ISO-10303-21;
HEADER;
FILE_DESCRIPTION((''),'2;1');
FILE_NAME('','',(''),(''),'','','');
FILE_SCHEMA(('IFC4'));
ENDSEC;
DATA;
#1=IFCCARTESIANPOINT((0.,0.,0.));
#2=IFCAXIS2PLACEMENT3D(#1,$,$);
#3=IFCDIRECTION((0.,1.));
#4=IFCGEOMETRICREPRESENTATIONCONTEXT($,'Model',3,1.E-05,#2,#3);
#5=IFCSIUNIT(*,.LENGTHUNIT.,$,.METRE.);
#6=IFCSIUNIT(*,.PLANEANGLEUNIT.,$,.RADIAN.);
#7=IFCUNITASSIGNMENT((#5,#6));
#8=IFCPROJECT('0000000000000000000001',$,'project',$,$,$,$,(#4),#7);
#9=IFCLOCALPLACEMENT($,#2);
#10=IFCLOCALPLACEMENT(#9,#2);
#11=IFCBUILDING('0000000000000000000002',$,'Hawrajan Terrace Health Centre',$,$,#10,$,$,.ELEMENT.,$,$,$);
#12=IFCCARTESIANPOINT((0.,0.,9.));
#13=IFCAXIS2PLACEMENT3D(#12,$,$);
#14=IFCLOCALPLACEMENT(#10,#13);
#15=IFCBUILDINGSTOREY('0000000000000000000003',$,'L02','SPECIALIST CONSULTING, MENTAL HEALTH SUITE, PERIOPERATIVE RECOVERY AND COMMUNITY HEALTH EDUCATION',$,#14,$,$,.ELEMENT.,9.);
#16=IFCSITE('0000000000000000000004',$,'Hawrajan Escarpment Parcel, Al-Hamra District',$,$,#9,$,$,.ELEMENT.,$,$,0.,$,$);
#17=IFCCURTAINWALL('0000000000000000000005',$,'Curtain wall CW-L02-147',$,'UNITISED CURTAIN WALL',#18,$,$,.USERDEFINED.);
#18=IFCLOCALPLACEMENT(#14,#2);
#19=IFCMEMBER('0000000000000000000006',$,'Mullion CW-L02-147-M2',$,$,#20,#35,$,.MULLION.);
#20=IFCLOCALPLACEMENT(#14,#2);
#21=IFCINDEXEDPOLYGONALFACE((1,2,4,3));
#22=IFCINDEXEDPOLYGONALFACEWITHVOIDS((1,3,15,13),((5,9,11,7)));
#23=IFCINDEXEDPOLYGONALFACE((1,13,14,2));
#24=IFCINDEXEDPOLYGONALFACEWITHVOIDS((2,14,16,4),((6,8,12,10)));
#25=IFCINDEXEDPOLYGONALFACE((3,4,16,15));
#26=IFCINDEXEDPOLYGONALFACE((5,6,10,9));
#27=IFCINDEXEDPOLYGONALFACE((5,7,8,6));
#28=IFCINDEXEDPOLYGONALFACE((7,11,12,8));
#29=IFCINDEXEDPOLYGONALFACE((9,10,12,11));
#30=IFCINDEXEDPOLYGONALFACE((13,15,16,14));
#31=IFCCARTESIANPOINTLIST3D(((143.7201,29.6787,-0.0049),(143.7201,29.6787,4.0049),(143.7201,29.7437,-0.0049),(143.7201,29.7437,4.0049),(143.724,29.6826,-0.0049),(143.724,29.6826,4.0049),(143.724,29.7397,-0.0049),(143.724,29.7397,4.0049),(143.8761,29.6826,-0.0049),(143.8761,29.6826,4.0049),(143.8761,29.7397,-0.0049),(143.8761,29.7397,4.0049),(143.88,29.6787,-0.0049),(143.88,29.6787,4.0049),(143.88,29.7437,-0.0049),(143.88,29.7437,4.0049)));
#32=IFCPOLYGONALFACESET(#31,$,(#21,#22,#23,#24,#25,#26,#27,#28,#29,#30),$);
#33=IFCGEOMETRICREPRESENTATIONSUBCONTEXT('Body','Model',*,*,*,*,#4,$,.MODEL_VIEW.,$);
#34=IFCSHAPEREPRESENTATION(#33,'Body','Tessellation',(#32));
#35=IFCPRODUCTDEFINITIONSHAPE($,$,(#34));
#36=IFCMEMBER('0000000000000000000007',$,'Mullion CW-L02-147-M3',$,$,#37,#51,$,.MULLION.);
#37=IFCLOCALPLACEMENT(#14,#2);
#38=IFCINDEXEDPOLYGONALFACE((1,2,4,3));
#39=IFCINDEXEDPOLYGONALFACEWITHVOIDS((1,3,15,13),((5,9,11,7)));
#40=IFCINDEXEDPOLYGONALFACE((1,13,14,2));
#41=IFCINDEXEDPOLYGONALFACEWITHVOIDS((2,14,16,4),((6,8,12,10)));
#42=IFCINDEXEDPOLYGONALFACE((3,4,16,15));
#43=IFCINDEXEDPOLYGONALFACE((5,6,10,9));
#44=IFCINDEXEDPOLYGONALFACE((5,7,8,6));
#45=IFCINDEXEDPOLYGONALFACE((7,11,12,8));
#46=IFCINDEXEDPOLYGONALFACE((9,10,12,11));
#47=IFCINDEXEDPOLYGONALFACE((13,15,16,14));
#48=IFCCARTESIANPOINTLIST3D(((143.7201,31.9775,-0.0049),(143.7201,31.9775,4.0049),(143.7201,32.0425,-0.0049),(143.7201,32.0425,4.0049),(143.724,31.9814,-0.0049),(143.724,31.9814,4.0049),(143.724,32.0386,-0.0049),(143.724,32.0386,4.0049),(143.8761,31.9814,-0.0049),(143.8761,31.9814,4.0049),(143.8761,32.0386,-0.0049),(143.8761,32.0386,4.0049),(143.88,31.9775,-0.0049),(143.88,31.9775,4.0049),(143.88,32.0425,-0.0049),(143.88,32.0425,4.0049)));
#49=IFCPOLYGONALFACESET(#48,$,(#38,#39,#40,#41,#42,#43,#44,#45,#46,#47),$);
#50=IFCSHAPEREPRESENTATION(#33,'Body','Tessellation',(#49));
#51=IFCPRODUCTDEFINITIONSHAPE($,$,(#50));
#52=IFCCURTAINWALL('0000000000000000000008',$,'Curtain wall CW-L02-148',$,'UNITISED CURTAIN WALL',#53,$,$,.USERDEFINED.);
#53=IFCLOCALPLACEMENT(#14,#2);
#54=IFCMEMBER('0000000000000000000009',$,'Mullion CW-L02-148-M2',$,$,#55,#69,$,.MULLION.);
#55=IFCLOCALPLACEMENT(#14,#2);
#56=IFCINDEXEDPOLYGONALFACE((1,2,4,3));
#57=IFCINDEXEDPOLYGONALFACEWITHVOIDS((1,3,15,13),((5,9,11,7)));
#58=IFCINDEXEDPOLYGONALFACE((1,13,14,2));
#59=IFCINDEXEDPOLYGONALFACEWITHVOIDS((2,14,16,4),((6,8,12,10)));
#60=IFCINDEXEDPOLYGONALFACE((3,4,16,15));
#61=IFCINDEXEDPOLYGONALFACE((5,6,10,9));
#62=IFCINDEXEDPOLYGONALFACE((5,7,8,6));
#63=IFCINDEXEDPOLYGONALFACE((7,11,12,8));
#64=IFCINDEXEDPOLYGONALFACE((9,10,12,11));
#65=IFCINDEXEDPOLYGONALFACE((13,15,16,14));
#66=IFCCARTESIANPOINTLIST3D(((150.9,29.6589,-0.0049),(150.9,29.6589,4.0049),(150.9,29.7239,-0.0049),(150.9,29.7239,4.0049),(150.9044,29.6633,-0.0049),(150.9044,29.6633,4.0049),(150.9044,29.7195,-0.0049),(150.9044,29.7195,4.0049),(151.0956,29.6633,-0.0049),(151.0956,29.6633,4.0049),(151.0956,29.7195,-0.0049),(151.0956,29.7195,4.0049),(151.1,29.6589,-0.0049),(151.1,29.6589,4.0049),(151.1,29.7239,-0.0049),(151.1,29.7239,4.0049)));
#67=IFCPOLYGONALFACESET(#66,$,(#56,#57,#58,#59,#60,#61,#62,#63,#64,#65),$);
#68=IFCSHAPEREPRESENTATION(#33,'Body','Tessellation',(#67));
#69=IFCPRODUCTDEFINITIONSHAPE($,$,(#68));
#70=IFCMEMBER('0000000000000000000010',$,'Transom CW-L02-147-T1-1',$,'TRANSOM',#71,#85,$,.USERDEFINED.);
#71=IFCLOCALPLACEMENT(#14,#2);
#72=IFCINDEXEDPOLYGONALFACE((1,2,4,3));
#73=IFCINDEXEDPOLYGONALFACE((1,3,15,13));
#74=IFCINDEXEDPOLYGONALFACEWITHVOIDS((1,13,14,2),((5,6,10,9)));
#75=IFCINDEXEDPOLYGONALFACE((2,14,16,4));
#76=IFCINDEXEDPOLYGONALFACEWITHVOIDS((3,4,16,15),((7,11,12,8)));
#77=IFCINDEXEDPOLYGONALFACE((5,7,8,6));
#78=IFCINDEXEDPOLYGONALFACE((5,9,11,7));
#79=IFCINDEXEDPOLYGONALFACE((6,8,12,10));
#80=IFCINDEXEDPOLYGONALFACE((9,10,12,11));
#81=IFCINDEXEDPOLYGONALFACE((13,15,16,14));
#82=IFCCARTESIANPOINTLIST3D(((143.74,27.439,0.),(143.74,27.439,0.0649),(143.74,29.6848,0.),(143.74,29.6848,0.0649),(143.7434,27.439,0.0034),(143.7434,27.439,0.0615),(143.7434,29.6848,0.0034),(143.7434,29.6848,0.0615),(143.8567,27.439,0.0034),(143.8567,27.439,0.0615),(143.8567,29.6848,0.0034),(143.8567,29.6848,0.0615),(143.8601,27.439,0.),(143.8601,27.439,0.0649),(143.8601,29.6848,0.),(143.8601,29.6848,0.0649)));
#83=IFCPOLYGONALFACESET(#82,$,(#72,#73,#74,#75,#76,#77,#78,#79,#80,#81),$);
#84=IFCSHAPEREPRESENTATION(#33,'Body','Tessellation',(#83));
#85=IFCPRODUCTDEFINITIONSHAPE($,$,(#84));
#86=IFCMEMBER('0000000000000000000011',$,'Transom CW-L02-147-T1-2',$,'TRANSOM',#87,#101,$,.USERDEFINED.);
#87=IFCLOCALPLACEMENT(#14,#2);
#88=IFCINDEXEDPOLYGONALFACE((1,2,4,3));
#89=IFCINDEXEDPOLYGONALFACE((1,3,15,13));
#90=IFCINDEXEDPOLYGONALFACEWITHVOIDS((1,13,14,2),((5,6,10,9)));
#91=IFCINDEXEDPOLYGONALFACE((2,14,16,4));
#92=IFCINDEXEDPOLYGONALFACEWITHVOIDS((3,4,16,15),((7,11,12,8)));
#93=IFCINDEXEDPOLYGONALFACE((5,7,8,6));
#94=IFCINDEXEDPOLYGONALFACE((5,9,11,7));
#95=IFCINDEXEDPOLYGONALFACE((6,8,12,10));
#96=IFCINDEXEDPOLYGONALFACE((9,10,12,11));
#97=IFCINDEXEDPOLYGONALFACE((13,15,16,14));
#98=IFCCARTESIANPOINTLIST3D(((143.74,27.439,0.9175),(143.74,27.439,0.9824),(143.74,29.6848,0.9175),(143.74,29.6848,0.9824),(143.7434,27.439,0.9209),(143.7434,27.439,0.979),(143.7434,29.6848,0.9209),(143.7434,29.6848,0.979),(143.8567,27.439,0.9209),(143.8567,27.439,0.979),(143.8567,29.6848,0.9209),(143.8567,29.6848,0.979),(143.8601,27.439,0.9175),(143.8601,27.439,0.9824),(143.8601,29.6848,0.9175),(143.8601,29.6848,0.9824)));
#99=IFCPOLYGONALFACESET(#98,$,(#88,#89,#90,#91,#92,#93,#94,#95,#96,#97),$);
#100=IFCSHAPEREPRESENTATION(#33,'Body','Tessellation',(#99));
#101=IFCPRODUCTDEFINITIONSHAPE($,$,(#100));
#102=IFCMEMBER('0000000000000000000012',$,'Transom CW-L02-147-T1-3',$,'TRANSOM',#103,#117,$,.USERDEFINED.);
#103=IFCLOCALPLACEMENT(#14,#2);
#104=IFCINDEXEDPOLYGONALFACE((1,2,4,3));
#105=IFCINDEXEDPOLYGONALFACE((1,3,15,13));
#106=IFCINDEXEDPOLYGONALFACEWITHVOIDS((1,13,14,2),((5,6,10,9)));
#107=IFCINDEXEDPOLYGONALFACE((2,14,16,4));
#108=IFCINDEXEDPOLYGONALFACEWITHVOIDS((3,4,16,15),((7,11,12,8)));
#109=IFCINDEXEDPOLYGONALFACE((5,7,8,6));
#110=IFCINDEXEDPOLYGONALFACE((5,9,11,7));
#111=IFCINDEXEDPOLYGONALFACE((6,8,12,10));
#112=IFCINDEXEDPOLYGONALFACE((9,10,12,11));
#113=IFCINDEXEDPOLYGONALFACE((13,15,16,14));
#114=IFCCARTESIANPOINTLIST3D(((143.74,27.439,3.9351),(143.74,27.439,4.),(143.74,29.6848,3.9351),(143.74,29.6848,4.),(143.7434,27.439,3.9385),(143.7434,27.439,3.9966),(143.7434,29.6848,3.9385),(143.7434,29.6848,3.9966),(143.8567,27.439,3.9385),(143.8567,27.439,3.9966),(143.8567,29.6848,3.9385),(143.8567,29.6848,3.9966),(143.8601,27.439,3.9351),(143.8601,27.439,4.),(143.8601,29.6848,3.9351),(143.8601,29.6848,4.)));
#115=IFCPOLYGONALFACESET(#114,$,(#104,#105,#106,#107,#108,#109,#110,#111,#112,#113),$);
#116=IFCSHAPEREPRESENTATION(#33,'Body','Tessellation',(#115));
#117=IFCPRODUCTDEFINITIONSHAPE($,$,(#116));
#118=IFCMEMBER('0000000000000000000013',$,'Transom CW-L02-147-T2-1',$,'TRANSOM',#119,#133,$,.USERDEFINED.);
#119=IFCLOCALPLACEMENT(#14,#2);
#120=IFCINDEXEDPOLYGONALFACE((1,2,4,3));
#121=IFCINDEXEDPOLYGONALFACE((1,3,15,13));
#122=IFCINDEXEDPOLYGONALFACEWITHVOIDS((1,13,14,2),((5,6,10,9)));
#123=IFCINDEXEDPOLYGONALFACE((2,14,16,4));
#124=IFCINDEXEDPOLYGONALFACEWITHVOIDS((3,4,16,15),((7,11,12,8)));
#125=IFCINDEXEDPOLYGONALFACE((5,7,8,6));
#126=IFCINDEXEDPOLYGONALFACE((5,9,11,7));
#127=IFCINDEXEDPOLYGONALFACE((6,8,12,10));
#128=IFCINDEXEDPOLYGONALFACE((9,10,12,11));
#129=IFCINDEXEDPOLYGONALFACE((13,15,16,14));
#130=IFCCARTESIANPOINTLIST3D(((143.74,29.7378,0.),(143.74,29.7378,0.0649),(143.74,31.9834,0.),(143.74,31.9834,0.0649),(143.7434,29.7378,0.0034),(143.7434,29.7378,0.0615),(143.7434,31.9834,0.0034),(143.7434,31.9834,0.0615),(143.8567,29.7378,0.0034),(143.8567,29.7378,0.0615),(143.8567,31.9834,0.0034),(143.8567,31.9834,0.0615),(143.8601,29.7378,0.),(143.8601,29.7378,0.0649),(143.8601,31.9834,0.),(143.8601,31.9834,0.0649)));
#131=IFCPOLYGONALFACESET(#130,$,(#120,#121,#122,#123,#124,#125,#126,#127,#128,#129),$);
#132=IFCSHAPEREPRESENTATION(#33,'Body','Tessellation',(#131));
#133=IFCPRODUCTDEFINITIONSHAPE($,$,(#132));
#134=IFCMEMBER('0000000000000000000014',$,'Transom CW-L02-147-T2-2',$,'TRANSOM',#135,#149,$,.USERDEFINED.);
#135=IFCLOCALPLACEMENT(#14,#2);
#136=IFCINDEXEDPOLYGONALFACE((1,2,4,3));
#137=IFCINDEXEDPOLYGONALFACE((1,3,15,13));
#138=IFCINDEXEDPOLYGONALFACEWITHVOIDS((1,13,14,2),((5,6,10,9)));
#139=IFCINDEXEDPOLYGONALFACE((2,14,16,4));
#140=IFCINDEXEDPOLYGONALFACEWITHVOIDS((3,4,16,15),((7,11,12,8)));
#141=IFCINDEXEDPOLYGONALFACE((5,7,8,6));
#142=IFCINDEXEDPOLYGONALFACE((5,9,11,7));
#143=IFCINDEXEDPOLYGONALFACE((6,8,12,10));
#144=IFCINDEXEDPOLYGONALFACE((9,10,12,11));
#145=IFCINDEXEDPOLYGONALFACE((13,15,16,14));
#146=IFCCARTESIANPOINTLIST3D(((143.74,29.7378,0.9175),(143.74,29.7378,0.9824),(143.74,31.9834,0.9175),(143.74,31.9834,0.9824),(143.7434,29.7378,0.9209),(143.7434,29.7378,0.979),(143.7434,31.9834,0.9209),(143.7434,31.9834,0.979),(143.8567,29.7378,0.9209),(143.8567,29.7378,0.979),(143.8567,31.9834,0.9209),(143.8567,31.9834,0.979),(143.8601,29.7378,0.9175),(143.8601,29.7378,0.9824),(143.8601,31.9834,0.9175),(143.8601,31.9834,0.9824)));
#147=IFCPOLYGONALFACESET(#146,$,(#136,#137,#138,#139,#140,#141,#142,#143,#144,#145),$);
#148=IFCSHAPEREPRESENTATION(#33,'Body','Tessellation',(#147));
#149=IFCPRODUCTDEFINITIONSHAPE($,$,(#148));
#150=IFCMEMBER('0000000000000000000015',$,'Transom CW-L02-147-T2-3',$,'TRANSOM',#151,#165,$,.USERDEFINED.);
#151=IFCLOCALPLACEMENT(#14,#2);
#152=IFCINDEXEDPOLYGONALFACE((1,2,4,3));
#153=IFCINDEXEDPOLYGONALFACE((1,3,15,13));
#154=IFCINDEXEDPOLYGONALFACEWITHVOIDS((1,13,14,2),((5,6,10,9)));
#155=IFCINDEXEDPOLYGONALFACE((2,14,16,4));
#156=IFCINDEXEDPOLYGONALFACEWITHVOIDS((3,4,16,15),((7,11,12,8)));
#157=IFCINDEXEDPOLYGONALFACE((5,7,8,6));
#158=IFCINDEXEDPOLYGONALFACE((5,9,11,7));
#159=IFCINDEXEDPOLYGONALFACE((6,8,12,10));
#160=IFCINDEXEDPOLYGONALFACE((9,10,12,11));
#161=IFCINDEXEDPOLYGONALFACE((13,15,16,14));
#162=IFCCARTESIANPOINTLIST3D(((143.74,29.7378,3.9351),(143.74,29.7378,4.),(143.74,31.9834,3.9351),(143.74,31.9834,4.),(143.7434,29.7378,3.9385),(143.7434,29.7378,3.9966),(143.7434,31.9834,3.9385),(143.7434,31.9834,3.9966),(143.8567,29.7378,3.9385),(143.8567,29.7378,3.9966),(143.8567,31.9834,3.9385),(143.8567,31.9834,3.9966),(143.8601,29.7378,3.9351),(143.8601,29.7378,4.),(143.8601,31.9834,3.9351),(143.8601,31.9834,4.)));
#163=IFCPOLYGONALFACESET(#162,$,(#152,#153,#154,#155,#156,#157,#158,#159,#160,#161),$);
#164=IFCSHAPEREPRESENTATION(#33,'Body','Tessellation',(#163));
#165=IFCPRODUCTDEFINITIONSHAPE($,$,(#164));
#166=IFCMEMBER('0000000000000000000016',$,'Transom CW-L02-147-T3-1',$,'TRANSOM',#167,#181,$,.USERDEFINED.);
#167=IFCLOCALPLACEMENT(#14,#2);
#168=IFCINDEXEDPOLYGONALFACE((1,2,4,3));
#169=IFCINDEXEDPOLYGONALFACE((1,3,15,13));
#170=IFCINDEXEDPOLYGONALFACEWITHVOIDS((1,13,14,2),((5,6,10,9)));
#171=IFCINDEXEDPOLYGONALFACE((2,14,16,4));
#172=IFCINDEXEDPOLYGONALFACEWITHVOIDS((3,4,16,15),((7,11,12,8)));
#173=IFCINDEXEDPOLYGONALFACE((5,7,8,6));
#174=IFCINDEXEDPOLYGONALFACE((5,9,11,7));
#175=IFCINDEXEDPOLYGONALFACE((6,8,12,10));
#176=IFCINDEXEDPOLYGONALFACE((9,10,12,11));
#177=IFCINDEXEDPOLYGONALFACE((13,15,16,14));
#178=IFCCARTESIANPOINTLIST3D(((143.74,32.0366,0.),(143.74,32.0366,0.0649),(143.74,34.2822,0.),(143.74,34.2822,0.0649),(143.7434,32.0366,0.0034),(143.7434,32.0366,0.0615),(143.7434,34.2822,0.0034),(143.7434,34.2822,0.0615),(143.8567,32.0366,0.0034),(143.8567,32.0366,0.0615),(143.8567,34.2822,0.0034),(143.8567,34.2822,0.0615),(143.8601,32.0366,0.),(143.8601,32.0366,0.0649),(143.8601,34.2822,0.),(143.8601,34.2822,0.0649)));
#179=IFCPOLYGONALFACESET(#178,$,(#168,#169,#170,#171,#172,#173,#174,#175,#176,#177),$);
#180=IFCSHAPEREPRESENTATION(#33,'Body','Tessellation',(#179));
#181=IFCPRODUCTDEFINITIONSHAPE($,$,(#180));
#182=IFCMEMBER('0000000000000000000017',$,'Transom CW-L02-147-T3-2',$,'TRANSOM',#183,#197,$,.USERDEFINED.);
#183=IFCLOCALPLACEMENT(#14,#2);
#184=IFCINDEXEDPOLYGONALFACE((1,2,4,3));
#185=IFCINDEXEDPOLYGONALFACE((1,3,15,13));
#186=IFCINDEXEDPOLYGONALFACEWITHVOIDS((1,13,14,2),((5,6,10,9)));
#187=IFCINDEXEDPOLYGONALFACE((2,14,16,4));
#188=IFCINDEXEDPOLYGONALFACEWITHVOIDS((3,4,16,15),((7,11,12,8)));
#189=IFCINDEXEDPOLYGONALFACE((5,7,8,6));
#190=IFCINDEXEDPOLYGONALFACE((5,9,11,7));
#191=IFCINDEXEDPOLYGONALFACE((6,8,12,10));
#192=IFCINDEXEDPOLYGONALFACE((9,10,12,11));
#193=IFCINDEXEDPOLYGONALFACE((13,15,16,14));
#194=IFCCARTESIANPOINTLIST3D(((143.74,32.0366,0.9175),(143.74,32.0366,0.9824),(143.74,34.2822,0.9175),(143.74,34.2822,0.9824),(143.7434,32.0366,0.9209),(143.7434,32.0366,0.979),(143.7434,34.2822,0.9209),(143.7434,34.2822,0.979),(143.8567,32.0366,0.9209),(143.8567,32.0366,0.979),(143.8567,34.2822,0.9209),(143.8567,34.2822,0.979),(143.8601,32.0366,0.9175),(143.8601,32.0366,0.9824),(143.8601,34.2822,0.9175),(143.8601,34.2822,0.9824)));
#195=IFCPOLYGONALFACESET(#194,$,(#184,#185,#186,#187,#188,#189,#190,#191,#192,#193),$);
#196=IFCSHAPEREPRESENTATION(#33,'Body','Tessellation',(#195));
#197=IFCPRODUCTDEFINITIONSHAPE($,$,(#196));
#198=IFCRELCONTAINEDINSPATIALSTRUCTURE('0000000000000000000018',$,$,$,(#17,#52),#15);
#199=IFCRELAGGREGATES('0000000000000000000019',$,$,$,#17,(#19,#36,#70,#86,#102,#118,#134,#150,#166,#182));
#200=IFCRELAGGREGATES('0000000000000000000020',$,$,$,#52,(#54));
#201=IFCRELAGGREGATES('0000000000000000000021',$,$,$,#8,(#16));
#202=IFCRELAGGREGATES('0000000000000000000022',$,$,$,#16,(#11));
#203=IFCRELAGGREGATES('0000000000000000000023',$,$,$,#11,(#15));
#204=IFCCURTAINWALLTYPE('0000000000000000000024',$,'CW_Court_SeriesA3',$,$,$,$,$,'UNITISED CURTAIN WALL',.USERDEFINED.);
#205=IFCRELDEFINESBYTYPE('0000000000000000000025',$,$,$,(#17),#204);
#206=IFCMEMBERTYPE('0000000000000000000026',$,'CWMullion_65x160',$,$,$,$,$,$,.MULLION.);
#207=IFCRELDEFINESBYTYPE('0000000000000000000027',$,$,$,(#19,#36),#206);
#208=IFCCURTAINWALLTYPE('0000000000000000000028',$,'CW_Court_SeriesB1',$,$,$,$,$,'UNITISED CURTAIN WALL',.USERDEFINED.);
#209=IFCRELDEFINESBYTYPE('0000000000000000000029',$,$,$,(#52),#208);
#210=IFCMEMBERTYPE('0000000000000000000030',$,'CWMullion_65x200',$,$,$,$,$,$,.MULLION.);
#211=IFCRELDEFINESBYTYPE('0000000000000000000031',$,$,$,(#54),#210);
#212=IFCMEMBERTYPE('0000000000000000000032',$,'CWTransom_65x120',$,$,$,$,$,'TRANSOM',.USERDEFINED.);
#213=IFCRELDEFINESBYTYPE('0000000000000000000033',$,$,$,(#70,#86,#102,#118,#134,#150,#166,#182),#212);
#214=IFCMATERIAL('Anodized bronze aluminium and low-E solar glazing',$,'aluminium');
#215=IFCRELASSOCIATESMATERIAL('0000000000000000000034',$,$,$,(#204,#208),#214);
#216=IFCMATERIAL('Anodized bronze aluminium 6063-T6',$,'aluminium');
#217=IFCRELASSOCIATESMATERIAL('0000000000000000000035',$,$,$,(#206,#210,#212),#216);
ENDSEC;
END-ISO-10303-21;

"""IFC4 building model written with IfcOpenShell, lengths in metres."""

from ifc_helpers import new_model, si_unit, direction, frame, origin, origin_2d, place, context, subcontext, project, spatial, hollow_rectangle, extrude, material, material_profile, profile_set, type_object, element, aggregate, save


model = new_model("IFC4")

# Units and contexts
model_context = context("Model", 3, precision=1e-05, world=origin(), true_north=direction((0.0, 1.0)))
body_context = subcontext(model_context, "Body", "Model", "MODEL_VIEW")
ifc_project = project(units=[si_unit("LENGTHUNIT", "METRE"), si_unit("PLANEANGLEUNIT", "RADIAN")], contexts=[model_context])

# Site, building, storey
site_placement = place(None, origin())
site = spatial("IfcSite", under=ifc_project, at=site_placement, Name="Hawrajan Escarpment Parcel, Al-Hamra District", CompositionType="ELEMENT", RefElevation=0.0)
building_placement = place(site_placement, origin())
building = spatial("IfcBuilding", under=site, at=building_placement, Name="Hawrajan Terrace Health Centre", CompositionType="ELEMENT")
storey_placement = place(building_placement, frame((0.0, 0.0, 9.0)))
storey = spatial("IfcBuildingStorey", under=building, at=storey_placement, Name="L02", Description="SPECIALIST CONSULTING, MENTAL HEALTH SUITE, PERIOPERATIVE RECOVERY AND COMMUNITY HEALTH EDUCATION", CompositionType="ELEMENT", Elevation=9.0)

# Curtain wall, members
ifc_material_1 = material(Name="Anodized bronze aluminium and low-E solar glazing", Category="aluminium")
curtain_wall_type_1 = type_object("IfcCurtainWallType", Name="CW_Court_SeriesA3", ElementType="UNITISED CURTAIN WALL", PredefinedType="USERDEFINED", material=ifc_material_1)
curtain_wall_1_placement = place(storey_placement, origin())
curtain_wall_1 = element("IfcCurtainWall", 1, at=curtain_wall_1_placement, inside=storey, type_object=curtain_wall_type_1, Name="Curtain wall CW-L02-147", ObjectType="UNITISED CURTAIN WALL", PredefinedType="USERDEFINED")
ifc_material_2 = material(Name="Anodized bronze aluminium 6063-T6", Category="aluminium")
ifc_material_profile_1 = material_profile(ifc_material_2, hollow_rectangle(XDim=0.0649, YDim=0.1599, WallThickness=0.0039, at=origin_2d()), Name="CW MUL 65x160")
ifc_profile_set_1 = profile_set([ifc_material_profile_1], Name="Anodized bronze aluminium 6063-T6")
member_type_1 = type_object("IfcMemberType", Name="CWMullion_65x160", PredefinedType="MULLION", material=ifc_profile_set_1)
member_1_placement = place(storey_placement, frame((143.8, 29.7112, -0.0049), z_axis=(0.0, 0.0, 1.0), x_axis=(0.0, 1.0, 0.0)))
member_1 = element("IfcMember", 2, at=member_1_placement, type_object=member_type_1, Name="Mullion CW-L02-147-M2", PredefinedType="MULLION", context=body_context, shape_type="SweptSolid", body=[
    extrude(hollow_rectangle(XDim=0.0649, YDim=0.1599, WallThickness=0.0039, at=origin_2d()), origin(), (0.0, 0.0, 1.0), 4.0098),
])
member_2_placement = place(storey_placement, frame((143.8, 32.01, -0.0049), z_axis=(0.0, 0.0, 1.0), x_axis=(0.0, 1.0, 0.0)))
member_2 = element("IfcMember", 3, at=member_2_placement, type_object=member_type_1, Name="Mullion CW-L02-147-M3", PredefinedType="MULLION", context=body_context, shape_type="SweptSolid", body=[
    extrude(hollow_rectangle(XDim=0.0649, YDim=0.1599, WallThickness=0.0039, at=origin_2d()), origin(), (0.0, 0.0, 1.0), 4.0098),
])

# Curtain wall, member
curtain_wall_type_2 = type_object("IfcCurtainWallType", Name="CW_Court_SeriesB1", ElementType="UNITISED CURTAIN WALL", PredefinedType="USERDEFINED", material=ifc_material_1)
curtain_wall_2_placement = place(storey_placement, origin())
curtain_wall_2 = element("IfcCurtainWall", 4, at=curtain_wall_2_placement, inside=storey, type_object=curtain_wall_type_2, Name="Curtain wall CW-L02-148", ObjectType="UNITISED CURTAIN WALL", PredefinedType="USERDEFINED")
ifc_material_profile_2 = material_profile(ifc_material_2, hollow_rectangle(XDim=0.0649, YDim=0.2, WallThickness=0.0044, at=origin_2d()), Name="CW MUL 65x200")
ifc_profile_set_2 = profile_set([ifc_material_profile_2], Name="Anodized bronze aluminium 6063-T6")
member_type_2 = type_object("IfcMemberType", Name="CWMullion_65x200", PredefinedType="MULLION", material=ifc_profile_set_2)
member_3_placement = place(storey_placement, frame((151.0, 29.6914, -0.0049), z_axis=(0.0, 0.0, 1.0), x_axis=(0.0, 1.0, 0.0)))
member_3 = element("IfcMember", 5, at=member_3_placement, type_object=member_type_2, Name="Mullion CW-L02-148-M2", PredefinedType="MULLION", context=body_context, shape_type="SweptSolid", body=[
    extrude(hollow_rectangle(XDim=0.0649, YDim=0.2, WallThickness=0.0044, at=origin_2d()), origin(), (0.0, 0.0, 1.0), 4.0098),
])

# Members
ifc_material_profile_3 = material_profile(ifc_material_2, hollow_rectangle(XDim=0.0649, YDim=0.1201, WallThickness=0.0034, at=origin_2d()), Name="CW TRN 65x120")
ifc_profile_set_3 = profile_set([ifc_material_profile_3], Name="Anodized bronze aluminium 6063-T6")
member_type_3 = type_object("IfcMemberType", Name="CWTransom_65x120", ElementType="TRANSOM", PredefinedType="USERDEFINED", material=ifc_profile_set_3)
member_4_placement = place(storey_placement, frame((143.8, 27.439, 0.0325), z_axis=(0.0, 1.0, 0.0), x_axis=(0.0, 0.0, 1.0)))
member_4 = element("IfcMember", 6, at=member_4_placement, type_object=member_type_3, Name="Transom CW-L02-147-T1-1", ObjectType="TRANSOM", PredefinedType="USERDEFINED", context=body_context, shape_type="SweptSolid", body=[
    extrude(hollow_rectangle(XDim=0.0649, YDim=0.1201, WallThickness=0.0034, at=origin_2d()), origin(), (0.0, 0.0, 1.0), 2.2458),
])
member_5_placement = place(storey_placement, frame((143.8, 27.439, 0.95), z_axis=(0.0, 1.0, 0.0), x_axis=(0.0, 0.0, 1.0)))
member_5 = element("IfcMember", 7, at=member_5_placement, type_object=member_type_3, Name="Transom CW-L02-147-T1-2", ObjectType="TRANSOM", PredefinedType="USERDEFINED", context=body_context, shape_type="SweptSolid", body=[
    extrude(hollow_rectangle(XDim=0.0649, YDim=0.1201, WallThickness=0.0034, at=origin_2d()), origin(), (0.0, 0.0, 1.0), 2.2458),
])
member_6_placement = place(storey_placement, frame((143.8, 27.439, 3.9675), z_axis=(0.0, 1.0, 0.0), x_axis=(0.0, 0.0, 1.0)))
member_6 = element("IfcMember", 8, at=member_6_placement, type_object=member_type_3, Name="Transom CW-L02-147-T1-3", ObjectType="TRANSOM", PredefinedType="USERDEFINED", context=body_context, shape_type="SweptSolid", body=[
    extrude(hollow_rectangle(XDim=0.0649, YDim=0.1201, WallThickness=0.0034, at=origin_2d()), origin(), (0.0, 0.0, 1.0), 2.2458),
])
member_7_placement = place(storey_placement, frame((143.8, 29.7378, 0.0325), z_axis=(0.0, 1.0, 0.0), x_axis=(0.0, 0.0, 1.0)))
member_7 = element("IfcMember", 9, at=member_7_placement, type_object=member_type_3, Name="Transom CW-L02-147-T2-1", ObjectType="TRANSOM", PredefinedType="USERDEFINED", context=body_context, shape_type="SweptSolid", body=[
    extrude(hollow_rectangle(XDim=0.0649, YDim=0.1201, WallThickness=0.0034, at=origin_2d()), origin(), (0.0, 0.0, 1.0), 2.2456),
])
member_8_placement = place(storey_placement, frame((143.8, 29.7378, 0.95), z_axis=(0.0, 1.0, 0.0), x_axis=(0.0, 0.0, 1.0)))
member_8 = element("IfcMember", 10, at=member_8_placement, type_object=member_type_3, Name="Transom CW-L02-147-T2-2", ObjectType="TRANSOM", PredefinedType="USERDEFINED", context=body_context, shape_type="SweptSolid", body=[
    extrude(hollow_rectangle(XDim=0.0649, YDim=0.1201, WallThickness=0.0034, at=origin_2d()), origin(), (0.0, 0.0, 1.0), 2.2456),
])
member_9_placement = place(storey_placement, frame((143.8, 29.7378, 3.9675), z_axis=(0.0, 1.0, 0.0), x_axis=(0.0, 0.0, 1.0)))
member_9 = element("IfcMember", 11, at=member_9_placement, type_object=member_type_3, Name="Transom CW-L02-147-T2-3", ObjectType="TRANSOM", PredefinedType="USERDEFINED", context=body_context, shape_type="SweptSolid", body=[
    extrude(hollow_rectangle(XDim=0.0649, YDim=0.1201, WallThickness=0.0034, at=origin_2d()), origin(), (0.0, 0.0, 1.0), 2.2456),
])
member_10_placement = place(storey_placement, frame((143.8, 32.0366, 0.0325), z_axis=(0.0, 1.0, 0.0), x_axis=(0.0, 0.0, 1.0)))
member_10 = element("IfcMember", 12, at=member_10_placement, type_object=member_type_3, Name="Transom CW-L02-147-T3-1", ObjectType="TRANSOM", PredefinedType="USERDEFINED", context=body_context, shape_type="SweptSolid", body=[
    extrude(hollow_rectangle(XDim=0.0649, YDim=0.1201, WallThickness=0.0034, at=origin_2d()), origin(), (0.0, 0.0, 1.0), 2.2456),
])
member_11_placement = place(storey_placement, frame((143.8, 32.0366, 0.95), z_axis=(0.0, 1.0, 0.0), x_axis=(0.0, 0.0, 1.0)))
member_11 = element("IfcMember", 13, at=member_11_placement, type_object=member_type_3, Name="Transom CW-L02-147-T3-2", ObjectType="TRANSOM", PredefinedType="USERDEFINED", context=body_context, shape_type="SweptSolid", body=[
    extrude(hollow_rectangle(XDim=0.0649, YDim=0.1201, WallThickness=0.0034, at=origin_2d()), origin(), (0.0, 0.0, 1.0), 2.2456),
])

aggregate(curtain_wall_1, [member_1, member_2, member_4, member_5, member_6, member_7, member_8, member_9, member_10, member_11])
aggregate(curtain_wall_2, [member_3])

save(model, "model.ifc")
